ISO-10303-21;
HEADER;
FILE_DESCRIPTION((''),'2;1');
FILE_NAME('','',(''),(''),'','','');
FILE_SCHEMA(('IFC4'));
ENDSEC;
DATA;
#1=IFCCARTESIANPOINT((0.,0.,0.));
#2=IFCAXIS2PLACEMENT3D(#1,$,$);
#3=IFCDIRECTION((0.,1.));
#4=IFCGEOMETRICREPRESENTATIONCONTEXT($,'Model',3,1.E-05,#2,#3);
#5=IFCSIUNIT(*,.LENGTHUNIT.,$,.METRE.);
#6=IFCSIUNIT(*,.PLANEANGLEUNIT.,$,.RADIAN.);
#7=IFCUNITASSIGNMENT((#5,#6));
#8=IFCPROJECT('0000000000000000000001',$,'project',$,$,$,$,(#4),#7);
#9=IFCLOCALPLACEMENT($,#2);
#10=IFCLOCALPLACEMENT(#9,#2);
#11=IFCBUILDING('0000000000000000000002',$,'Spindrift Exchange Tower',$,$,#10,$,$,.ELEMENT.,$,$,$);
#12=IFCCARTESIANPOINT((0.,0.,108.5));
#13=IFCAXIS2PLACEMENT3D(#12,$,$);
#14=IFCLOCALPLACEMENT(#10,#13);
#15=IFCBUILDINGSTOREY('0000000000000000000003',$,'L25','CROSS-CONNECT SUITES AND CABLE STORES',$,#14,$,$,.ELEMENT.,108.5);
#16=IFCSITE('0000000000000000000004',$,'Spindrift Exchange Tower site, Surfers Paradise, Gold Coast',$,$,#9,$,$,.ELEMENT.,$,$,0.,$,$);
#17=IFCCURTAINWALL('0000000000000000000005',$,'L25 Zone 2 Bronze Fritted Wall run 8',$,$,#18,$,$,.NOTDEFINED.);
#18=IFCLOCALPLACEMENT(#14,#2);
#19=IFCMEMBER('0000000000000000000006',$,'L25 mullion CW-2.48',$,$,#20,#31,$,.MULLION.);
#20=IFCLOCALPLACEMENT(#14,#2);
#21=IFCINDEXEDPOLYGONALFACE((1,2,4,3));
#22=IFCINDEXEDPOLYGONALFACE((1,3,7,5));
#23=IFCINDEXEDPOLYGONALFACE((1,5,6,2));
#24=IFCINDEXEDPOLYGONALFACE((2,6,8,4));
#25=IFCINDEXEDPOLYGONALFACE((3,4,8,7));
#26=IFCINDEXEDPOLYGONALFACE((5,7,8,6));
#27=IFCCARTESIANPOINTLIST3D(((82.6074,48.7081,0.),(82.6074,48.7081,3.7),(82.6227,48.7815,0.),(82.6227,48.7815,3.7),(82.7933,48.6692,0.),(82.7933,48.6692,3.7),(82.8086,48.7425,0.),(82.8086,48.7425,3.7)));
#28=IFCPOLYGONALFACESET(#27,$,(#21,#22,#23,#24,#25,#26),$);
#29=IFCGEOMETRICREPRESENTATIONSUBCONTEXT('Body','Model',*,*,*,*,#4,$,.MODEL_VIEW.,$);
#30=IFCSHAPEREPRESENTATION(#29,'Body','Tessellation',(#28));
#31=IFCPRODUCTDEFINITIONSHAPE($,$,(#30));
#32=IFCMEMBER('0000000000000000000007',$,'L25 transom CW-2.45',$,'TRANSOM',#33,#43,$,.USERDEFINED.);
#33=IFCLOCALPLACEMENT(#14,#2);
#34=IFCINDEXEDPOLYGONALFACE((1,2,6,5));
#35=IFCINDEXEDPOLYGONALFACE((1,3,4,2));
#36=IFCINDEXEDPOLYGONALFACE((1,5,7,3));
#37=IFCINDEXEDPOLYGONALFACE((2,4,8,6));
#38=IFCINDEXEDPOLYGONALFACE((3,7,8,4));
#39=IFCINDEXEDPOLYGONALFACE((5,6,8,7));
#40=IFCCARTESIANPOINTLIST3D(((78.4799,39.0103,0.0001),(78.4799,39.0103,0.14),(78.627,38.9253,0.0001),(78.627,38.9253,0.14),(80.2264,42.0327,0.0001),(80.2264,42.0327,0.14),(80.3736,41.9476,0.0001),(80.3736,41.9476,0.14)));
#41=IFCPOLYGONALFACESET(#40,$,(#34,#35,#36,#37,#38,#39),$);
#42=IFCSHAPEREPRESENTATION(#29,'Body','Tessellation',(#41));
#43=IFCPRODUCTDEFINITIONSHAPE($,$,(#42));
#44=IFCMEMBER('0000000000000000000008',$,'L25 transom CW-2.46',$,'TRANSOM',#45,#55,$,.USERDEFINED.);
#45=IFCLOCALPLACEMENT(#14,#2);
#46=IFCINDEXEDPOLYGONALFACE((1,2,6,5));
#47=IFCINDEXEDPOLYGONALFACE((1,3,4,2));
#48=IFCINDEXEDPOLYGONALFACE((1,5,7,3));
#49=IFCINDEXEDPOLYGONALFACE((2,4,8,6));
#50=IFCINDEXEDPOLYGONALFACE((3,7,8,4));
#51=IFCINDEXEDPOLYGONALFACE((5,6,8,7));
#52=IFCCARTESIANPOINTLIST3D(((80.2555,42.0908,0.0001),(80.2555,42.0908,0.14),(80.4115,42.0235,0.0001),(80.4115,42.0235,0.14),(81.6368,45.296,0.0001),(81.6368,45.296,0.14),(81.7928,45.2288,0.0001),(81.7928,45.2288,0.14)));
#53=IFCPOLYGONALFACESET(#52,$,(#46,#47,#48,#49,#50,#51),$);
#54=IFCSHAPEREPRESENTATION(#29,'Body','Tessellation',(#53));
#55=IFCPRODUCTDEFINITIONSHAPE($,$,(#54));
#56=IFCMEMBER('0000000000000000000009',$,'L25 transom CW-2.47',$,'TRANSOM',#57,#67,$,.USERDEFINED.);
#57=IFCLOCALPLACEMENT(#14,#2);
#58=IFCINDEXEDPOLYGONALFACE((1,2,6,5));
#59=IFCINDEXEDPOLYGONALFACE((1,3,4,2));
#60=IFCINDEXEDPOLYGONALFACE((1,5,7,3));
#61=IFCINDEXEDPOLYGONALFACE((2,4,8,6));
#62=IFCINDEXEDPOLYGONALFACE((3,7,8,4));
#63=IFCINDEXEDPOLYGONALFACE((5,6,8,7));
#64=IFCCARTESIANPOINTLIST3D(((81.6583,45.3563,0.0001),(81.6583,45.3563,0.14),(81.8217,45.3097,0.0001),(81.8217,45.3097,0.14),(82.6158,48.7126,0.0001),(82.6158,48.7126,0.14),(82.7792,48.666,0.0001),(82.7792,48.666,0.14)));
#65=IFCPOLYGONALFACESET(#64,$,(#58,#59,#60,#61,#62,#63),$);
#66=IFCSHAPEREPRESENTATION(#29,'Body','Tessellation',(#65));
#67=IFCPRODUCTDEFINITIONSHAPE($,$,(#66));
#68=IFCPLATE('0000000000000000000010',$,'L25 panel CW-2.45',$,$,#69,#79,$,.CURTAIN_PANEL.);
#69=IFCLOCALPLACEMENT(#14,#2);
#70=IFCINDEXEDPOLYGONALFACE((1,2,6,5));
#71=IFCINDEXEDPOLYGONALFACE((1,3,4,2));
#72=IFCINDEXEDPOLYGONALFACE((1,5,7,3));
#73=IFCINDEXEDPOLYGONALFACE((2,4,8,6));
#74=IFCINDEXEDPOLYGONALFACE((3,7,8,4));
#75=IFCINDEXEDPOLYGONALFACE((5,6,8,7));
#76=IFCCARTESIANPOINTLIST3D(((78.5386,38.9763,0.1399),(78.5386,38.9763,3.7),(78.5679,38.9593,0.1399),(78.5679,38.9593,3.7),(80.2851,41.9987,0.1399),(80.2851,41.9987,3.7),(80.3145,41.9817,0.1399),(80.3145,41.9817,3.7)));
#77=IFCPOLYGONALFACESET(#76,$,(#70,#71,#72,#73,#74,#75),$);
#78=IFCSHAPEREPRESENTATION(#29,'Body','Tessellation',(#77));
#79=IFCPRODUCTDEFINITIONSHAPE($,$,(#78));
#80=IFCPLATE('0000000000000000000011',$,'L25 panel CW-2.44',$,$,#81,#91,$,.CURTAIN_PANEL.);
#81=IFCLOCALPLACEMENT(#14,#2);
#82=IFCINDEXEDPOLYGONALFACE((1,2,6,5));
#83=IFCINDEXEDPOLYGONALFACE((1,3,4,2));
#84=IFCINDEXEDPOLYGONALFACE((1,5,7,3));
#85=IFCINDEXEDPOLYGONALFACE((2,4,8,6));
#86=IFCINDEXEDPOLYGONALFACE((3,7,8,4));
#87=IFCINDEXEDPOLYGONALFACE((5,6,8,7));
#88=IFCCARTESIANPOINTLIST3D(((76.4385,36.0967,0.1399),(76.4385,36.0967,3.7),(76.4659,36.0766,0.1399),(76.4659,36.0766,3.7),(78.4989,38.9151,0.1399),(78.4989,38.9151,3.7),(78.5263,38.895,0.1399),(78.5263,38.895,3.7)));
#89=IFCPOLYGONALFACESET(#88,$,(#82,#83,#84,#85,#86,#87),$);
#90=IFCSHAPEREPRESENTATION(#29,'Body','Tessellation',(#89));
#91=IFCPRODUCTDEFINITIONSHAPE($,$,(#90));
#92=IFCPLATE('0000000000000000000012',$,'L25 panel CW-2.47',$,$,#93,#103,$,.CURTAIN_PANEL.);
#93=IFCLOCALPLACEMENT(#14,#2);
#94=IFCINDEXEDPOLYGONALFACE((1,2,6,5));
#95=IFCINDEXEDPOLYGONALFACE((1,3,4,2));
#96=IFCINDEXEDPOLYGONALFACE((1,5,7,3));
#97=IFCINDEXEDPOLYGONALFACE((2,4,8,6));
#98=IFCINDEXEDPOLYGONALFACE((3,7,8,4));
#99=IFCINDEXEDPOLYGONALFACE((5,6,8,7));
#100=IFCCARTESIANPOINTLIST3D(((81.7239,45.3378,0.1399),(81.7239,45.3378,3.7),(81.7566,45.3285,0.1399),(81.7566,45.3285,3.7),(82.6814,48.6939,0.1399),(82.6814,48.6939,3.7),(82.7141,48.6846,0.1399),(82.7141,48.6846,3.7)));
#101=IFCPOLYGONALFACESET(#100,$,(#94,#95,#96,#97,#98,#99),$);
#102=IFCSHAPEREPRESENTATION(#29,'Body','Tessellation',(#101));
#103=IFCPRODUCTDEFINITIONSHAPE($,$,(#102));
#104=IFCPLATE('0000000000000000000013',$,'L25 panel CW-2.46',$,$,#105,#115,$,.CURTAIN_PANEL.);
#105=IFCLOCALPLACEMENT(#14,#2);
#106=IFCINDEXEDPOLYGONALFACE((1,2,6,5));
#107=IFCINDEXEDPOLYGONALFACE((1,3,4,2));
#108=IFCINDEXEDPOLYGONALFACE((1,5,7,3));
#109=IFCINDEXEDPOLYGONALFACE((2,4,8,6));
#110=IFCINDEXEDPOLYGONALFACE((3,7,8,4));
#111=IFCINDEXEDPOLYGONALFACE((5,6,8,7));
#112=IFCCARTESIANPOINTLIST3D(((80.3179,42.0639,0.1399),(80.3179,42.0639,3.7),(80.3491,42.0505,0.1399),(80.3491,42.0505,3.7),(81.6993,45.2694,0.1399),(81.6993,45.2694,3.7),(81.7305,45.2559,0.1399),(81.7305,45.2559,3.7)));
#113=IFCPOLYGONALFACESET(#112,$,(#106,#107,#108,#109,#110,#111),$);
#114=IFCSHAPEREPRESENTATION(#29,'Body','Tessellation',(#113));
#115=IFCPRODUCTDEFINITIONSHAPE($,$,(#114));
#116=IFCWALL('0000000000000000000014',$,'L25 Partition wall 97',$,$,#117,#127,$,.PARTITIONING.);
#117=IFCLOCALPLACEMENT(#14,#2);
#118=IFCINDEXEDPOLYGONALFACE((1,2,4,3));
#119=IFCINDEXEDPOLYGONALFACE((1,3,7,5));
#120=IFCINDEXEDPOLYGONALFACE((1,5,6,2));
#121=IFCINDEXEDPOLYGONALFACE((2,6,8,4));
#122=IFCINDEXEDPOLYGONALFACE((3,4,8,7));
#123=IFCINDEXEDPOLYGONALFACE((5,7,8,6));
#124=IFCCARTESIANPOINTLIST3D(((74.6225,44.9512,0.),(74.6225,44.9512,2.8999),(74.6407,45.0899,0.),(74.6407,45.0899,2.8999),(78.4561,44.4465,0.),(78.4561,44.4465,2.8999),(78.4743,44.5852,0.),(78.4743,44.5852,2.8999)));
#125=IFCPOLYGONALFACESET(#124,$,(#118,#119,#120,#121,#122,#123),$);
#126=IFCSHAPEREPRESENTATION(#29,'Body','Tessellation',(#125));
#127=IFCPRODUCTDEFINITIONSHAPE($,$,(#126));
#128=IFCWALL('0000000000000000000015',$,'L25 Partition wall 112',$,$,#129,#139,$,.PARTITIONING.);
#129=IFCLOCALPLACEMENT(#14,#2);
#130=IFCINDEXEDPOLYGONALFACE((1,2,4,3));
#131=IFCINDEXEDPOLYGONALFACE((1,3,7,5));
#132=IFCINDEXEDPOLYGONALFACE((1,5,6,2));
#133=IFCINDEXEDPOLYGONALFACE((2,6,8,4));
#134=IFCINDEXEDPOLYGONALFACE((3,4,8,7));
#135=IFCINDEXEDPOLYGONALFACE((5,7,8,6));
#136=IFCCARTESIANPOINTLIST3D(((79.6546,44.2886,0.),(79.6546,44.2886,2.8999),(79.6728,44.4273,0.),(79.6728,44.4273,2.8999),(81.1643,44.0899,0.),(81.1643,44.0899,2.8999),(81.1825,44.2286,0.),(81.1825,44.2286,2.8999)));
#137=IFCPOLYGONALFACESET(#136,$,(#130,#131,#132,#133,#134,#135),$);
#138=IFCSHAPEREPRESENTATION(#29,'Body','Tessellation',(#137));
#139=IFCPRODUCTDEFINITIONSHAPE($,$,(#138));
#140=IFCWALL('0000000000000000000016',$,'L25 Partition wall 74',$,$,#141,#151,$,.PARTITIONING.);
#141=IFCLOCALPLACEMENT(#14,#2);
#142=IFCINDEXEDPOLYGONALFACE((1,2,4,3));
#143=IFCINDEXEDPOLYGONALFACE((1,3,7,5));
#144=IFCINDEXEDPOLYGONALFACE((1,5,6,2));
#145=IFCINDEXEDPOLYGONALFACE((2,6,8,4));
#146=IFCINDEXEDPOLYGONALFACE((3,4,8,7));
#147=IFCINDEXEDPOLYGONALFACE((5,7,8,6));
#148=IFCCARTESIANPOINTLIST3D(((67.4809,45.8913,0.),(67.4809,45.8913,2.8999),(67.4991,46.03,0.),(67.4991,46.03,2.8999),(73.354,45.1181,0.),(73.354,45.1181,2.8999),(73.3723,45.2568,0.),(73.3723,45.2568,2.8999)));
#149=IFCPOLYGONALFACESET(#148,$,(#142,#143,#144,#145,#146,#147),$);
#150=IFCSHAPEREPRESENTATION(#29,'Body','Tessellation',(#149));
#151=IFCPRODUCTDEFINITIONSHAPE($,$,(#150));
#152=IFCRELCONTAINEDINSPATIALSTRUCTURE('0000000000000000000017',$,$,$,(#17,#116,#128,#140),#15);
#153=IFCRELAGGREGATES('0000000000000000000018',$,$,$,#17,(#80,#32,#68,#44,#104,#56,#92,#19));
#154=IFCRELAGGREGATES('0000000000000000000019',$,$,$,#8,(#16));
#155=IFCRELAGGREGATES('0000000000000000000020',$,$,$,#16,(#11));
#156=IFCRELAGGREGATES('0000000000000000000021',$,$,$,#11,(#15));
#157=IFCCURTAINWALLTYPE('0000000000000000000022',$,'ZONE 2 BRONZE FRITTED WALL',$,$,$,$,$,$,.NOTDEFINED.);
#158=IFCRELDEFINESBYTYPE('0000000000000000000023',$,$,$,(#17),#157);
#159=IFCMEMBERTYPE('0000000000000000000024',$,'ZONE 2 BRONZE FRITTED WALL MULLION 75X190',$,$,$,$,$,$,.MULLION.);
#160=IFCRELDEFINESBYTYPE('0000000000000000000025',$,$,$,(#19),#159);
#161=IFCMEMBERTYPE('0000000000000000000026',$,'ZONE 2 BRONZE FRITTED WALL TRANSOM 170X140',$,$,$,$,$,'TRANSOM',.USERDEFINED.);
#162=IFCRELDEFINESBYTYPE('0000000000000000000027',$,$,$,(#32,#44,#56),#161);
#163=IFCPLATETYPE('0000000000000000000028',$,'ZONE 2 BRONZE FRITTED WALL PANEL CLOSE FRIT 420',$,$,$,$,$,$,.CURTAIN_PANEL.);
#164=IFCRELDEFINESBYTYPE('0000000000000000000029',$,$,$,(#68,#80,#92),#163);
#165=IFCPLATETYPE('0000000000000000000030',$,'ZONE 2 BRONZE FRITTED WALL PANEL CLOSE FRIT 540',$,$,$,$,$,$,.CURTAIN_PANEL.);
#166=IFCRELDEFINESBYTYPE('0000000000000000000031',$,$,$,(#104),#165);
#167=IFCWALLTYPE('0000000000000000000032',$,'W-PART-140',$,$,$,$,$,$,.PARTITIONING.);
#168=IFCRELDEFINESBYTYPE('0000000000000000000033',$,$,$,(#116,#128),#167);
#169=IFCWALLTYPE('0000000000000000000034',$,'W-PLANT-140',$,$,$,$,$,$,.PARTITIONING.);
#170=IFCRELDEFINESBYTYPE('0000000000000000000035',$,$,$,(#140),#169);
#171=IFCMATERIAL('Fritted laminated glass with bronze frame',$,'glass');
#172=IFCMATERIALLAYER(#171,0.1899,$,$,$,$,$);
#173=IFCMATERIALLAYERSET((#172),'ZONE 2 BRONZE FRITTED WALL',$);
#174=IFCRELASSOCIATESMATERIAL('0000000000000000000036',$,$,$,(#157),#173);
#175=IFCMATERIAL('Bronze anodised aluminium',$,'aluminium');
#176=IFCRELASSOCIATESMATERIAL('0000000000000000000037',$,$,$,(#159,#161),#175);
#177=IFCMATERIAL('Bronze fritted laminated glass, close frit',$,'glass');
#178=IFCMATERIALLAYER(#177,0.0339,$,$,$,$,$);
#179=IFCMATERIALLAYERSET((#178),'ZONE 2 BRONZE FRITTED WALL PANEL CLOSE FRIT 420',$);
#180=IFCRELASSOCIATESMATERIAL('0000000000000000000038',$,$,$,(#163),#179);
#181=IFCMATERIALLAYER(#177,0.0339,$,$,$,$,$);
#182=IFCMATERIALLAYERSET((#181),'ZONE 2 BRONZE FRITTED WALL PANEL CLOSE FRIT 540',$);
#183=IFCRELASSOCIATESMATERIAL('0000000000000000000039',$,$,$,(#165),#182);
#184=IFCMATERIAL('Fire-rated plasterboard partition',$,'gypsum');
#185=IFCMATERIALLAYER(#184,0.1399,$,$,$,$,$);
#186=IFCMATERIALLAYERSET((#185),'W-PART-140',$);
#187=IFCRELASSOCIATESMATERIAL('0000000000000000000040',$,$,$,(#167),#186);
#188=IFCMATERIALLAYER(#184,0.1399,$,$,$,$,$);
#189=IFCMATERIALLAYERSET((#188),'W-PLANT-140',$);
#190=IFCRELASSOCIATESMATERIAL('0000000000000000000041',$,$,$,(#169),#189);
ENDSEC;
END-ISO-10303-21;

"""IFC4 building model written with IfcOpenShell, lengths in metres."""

from ifc_helpers import new_model, si_unit, direction, frame, frame_2d, origin, origin_2d, place, context, subcontext, project, spatial, rectangle, extrude, source, transform, mapped, material, layer, layer_set, material_profile, profile_set, type_object, element, aggregate, save


model = new_model("IFC4")

# Units and contexts
model_context = context("Model", 3, precision=1e-05, world=origin(), true_north=direction((0.0, 1.0)))
body_context = subcontext(model_context, "Body", "Model", "MODEL_VIEW")
ifc_project = project(units=[si_unit("LENGTHUNIT", "METRE"), si_unit("PLANEANGLEUNIT", "RADIAN")], contexts=[model_context])

# Site, building, storey
site_placement = place(None, origin())
site = spatial("IfcSite", under=ifc_project, at=site_placement, Name="Spindrift Exchange Tower site, Surfers Paradise, Gold Coast", CompositionType="ELEMENT", RefElevation=0.0)
building_placement = place(site_placement, origin())
building = spatial("IfcBuilding", under=site, at=building_placement, Name="Spindrift Exchange Tower", CompositionType="ELEMENT")
storey_placement = place(building_placement, frame((0.0, 0.0, 108.5)))
storey = spatial("IfcBuildingStorey", under=building, at=storey_placement, Name="L25", Description="CROSS-CONNECT SUITES AND CABLE STORES", CompositionType="ELEMENT", Elevation=108.5)

# Curtain wall, members, plates
ifc_material_1 = material(Name="Fritted laminated glass with bronze frame", Category="glass")
ifc_layer_1 = layer(ifc_material_1, 0.1899)
ifc_layer_set_1 = layer_set([ifc_layer_1], Name="ZONE 2 BRONZE FRITTED WALL")
curtain_wall_type = type_object("IfcCurtainWallType", Name="ZONE 2 BRONZE FRITTED WALL", PredefinedType="NOTDEFINED", material=ifc_layer_set_1)
curtain_wall_placement = place(storey_placement, origin())
curtain_wall = element("IfcCurtainWall", 1, at=curtain_wall_placement, inside=storey, type_object=curtain_wall_type, Name="L25 Zone 2 Bronze Fritted Wall run 8", PredefinedType="NOTDEFINED")
ifc_material_2 = material(Name="Bronze anodised aluminium", Category="aluminium")
ifc_material_profile_1 = material_profile(ifc_material_2, rectangle(XDim=0.075, YDim=0.1899, at=origin_2d()), Name="ZONE 2 BRONZE FRITTED WALL MULLION 75X190")
ifc_profile_set_1 = profile_set([ifc_material_profile_1], Name="Bronze anodised aluminium")
member_type_1 = type_object("IfcMemberType", Name="ZONE 2 BRONZE FRITTED WALL MULLION 75X190", PredefinedType="MULLION", material=ifc_profile_set_1)
shared_shape_1 = source(origin(), body_context, "Body", "SweptSolid", [
    extrude(rectangle(XDim=0.075, YDim=0.1899, at=origin_2d()), origin(), (0.0, 0.0, 1.0), 3.7),
])
member_1_placement = place(storey_placement, frame((82.708, 48.7253, 0.0), z_axis=(0.0, 0.0, 1.0), x_axis=(0.205103, 0.97874, 0.0)))
member_1 = element("IfcMember", 2, at=member_1_placement, type_object=member_type_1, Name="L25 mullion CW-2.48", PredefinedType="MULLION", context=body_context, shape_type="MappedRepresentation", body=[
    mapped(shared_shape_1, transform((0.0, 0.0, 0.0), scale=1.0)),
])
ifc_material_profile_2 = material_profile(ifc_material_2, rectangle(XDim=0.1699, YDim=0.1399, at=origin_2d()), Name="ZONE 2 BRONZE FRITTED WALL TRANSOM 170X140")
ifc_profile_set_2 = profile_set([ifc_material_profile_2], Name="Bronze anodised aluminium")
member_type_2 = type_object("IfcMemberType", Name="ZONE 2 BRONZE FRITTED WALL TRANSOM 170X140", ElementType="TRANSOM", PredefinedType="USERDEFINED", material=ifc_profile_set_2)
shared_shape_2 = source(origin(), body_context, "Body", "SweptSolid", [
    extrude(rectangle(XDim=0.1699, YDim=0.1399, at=origin_2d()), origin(), (0.0, 0.0, 1.0), 3.4907),
])
member_2_placement = place(storey_placement, frame((78.5535, 38.9678, 0.0701), z_axis=(0.500336, 0.865831, 0.0), x_axis=(-0.865831, 0.500336, 0.0)))
member_2 = element("IfcMember", 3, at=member_2_placement, type_object=member_type_2, Name="L25 transom CW-2.45", ObjectType="TRANSOM", PredefinedType="USERDEFINED", context=body_context, shape_type="MappedRepresentation", body=[
    mapped(shared_shape_2, transform((0.0, 0.0, 0.0), scale=1.0)),
])
shared_shape_3 = source(origin(), body_context, "Body", "SweptSolid", [
    extrude(rectangle(XDim=0.1699, YDim=0.1399, at=origin_2d()), origin(), (0.0, 0.0, 1.0), 3.4902),
])
member_3_placement = place(storey_placement, frame((80.3335, 42.0571, 0.0701), z_axis=(0.395767, 0.918351, 0.0), x_axis=(-0.918351, 0.395767, 0.0)))
member_3 = element("IfcMember", 4, at=member_3_placement, type_object=member_type_2, Name="L25 transom CW-2.46", ObjectType="TRANSOM", PredefinedType="USERDEFINED", context=body_context, shape_type="MappedRepresentation", body=[
    mapped(shared_shape_3, transform((0.0, 0.0, 0.0), scale=1.0)),
])
member_4_placement = place(storey_placement, frame((81.74, 45.333, 0.0701), z_axis=(0.274352, 0.961629, 0.0), x_axis=(-0.961629, 0.274352, 0.0)))
member_4 = element("IfcMember", 5, at=member_4_placement, type_object=member_type_2, Name="L25 transom CW-2.47", ObjectType="TRANSOM", PredefinedType="USERDEFINED", context=body_context, shape_type="MappedRepresentation", body=[
    mapped(shared_shape_3, transform((0.0, 0.0, 0.0), scale=1.0)),
])
ifc_material_3 = material(Name="Bronze fritted laminated glass, close frit", Category="glass")
ifc_layer_2 = layer(ifc_material_3, 0.0339)
ifc_layer_set_2 = layer_set([ifc_layer_2], Name="ZONE 2 BRONZE FRITTED WALL PANEL CLOSE FRIT 420")
plate_type_1 = type_object("IfcPlateType", Name="ZONE 2 BRONZE FRITTED WALL PANEL CLOSE FRIT 420", PredefinedType="CURTAIN_PANEL", material=ifc_layer_set_2)
shared_shape_4 = source(origin(), body_context, "Body", "SweptSolid", [
    extrude(rectangle(XDim=3.4907, YDim=0.0339, at=origin_2d()), origin(), (0.0, 0.0, 1.0), 3.5601),
])
plate_1_placement = place(storey_placement, frame((79.4265, 40.479, 0.1399), z_axis=(0.0, 0.0, 1.0), x_axis=(0.500334, 0.865832, 0.0)))
plate_1 = element("IfcPlate", 6, at=plate_1_placement, type_object=plate_type_1, Name="L25 panel CW-2.45", PredefinedType="CURTAIN_PANEL", context=body_context, shape_type="MappedRepresentation", body=[
    mapped(shared_shape_4, transform((0.0, 0.0, 0.0), scale=1.0)),
])
shared_shape_5 = source(origin(), body_context, "Body", "SweptSolid", [
    extrude(rectangle(XDim=3.4912, YDim=0.0339, at=origin_2d()), origin(), (0.0, 0.0, 1.0), 3.5601),
])
plate_2_placement = place(storey_placement, frame((77.4824, 37.4958, 0.1399), z_axis=(0.0, 0.0, 1.0), x_axis=(0.590161, 0.807286, 0.0)))
plate_2 = element("IfcPlate", 7, at=plate_2_placement, type_object=plate_type_1, Name="L25 panel CW-2.44", PredefinedType="CURTAIN_PANEL", context=body_context, shape_type="MappedRepresentation", body=[
    mapped(shared_shape_5, transform((0.0, 0.0, 0.0), scale=1.0)),
])
shared_shape_6 = source(origin(), body_context, "Body", "SweptSolid", [
    extrude(rectangle(XDim=3.49, YDim=0.0339, at=origin_2d()), origin(), (0.0, 0.0, 1.0), 3.5601),
])
plate_3_placement = place(storey_placement, frame((82.219, 47.0112, 0.1399), z_axis=(0.0, 0.0, 1.0), x_axis=(0.274354, 0.961629, 0.0)))
plate_3 = element("IfcPlate", 8, at=plate_3_placement, type_object=plate_type_1, Name="L25 panel CW-2.47", PredefinedType="CURTAIN_PANEL", context=body_context, shape_type="MappedRepresentation", body=[
    mapped(shared_shape_6, transform((0.0, 0.0, 0.0), scale=1.0)),
])
ifc_layer_3 = layer(ifc_material_3, 0.0339)
ifc_layer_set_3 = layer_set([ifc_layer_3], Name="ZONE 2 BRONZE FRITTED WALL PANEL CLOSE FRIT 540")
plate_type_2 = type_object("IfcPlateType", Name="ZONE 2 BRONZE FRITTED WALL PANEL CLOSE FRIT 540", PredefinedType="CURTAIN_PANEL", material=ifc_layer_set_3)
shared_shape_7 = source(origin(), body_context, "Body", "SweptSolid", [
    extrude(rectangle(XDim=3.4905, YDim=0.0339, at=origin_2d()), origin(), (0.0, 0.0, 1.0), 3.5601),
])
plate_4_placement = place(storey_placement, frame((81.0242, 43.6599, 0.1399), z_axis=(0.0, 0.0, 1.0), x_axis=(0.395763, 0.918352, 0.0)))
plate_4 = element("IfcPlate", 9, at=plate_4_placement, type_object=plate_type_2, Name="L25 panel CW-2.46", PredefinedType="CURTAIN_PANEL", context=body_context, shape_type="MappedRepresentation", body=[
    mapped(shared_shape_7, transform((0.0, 0.0, 0.0), scale=1.0)),
])
aggregate(curtain_wall, [plate_2, member_2, plate_1, member_3, plate_4, member_4, plate_3, member_1])

# Walls
ifc_material_4 = material(Name="Fire-rated plasterboard partition", Category="gypsum")
ifc_layer_4 = layer(ifc_material_4, 0.1399)
ifc_layer_set_4 = layer_set([ifc_layer_4], Name="W-PART-140")
wall_type_1 = type_object("IfcWallType", Name="W-PART-140", PredefinedType="PARTITIONING", material=ifc_layer_set_4)
wall_1_placement = place(storey_placement, frame((74.6316, 45.0205, 0.0), z_axis=(0.0, 0.0, 1.0), x_axis=(0.991448, -0.130505, 0.0)))
element("IfcWall", 10, at=wall_1_placement, inside=storey, type_object=wall_type_1, Name="L25 Partition wall 97", PredefinedType="PARTITIONING", context=body_context, shape_type="SweptSolid", body=[
    extrude(rectangle(XDim=3.8667, YDim=0.1399, at=frame_2d((1.9333, 0.0))), origin(), (0.0, 0.0, 1.0), 2.8999),
])
wall_2_placement = place(storey_placement, frame((79.6638, 44.3579, 0.0), z_axis=(0.0, 0.0, 1.0), x_axis=(0.991448, -0.130504, 0.0)))
element("IfcWall", 11, at=wall_2_placement, inside=storey, type_object=wall_type_1, Name="L25 Partition wall 112", PredefinedType="PARTITIONING", context=body_context, shape_type="SweptSolid", body=[
    extrude(rectangle(XDim=1.5227, YDim=0.1399, at=frame_2d((0.7612, 0.0))), origin(), (0.0, 0.0, 1.0), 2.8999),
])
ifc_layer_5 = layer(ifc_material_4, 0.1399)
ifc_layer_set_5 = layer_set([ifc_layer_5], Name="W-PLANT-140")
wall_type_2 = type_object("IfcWallType", Name="W-PLANT-140", PredefinedType="PARTITIONING", material=ifc_layer_set_5)
wall_3_placement = place(storey_placement, frame((67.49, 45.9607, 0.0), z_axis=(0.0, 0.0, 1.0), x_axis=(0.991445, -0.130525, 0.0)))
element("IfcWall", 12, at=wall_3_placement, inside=storey, type_object=wall_type_2, Name="L25 Partition wall 74", PredefinedType="PARTITIONING", context=body_context, shape_type="SweptSolid", body=[
    extrude(rectangle(XDim=5.9238, YDim=0.1399, at=frame_2d((2.9619, 0.0))), origin(), (0.0, 0.0, 1.0), 2.8999),
])

save(model, "model.ifc")
